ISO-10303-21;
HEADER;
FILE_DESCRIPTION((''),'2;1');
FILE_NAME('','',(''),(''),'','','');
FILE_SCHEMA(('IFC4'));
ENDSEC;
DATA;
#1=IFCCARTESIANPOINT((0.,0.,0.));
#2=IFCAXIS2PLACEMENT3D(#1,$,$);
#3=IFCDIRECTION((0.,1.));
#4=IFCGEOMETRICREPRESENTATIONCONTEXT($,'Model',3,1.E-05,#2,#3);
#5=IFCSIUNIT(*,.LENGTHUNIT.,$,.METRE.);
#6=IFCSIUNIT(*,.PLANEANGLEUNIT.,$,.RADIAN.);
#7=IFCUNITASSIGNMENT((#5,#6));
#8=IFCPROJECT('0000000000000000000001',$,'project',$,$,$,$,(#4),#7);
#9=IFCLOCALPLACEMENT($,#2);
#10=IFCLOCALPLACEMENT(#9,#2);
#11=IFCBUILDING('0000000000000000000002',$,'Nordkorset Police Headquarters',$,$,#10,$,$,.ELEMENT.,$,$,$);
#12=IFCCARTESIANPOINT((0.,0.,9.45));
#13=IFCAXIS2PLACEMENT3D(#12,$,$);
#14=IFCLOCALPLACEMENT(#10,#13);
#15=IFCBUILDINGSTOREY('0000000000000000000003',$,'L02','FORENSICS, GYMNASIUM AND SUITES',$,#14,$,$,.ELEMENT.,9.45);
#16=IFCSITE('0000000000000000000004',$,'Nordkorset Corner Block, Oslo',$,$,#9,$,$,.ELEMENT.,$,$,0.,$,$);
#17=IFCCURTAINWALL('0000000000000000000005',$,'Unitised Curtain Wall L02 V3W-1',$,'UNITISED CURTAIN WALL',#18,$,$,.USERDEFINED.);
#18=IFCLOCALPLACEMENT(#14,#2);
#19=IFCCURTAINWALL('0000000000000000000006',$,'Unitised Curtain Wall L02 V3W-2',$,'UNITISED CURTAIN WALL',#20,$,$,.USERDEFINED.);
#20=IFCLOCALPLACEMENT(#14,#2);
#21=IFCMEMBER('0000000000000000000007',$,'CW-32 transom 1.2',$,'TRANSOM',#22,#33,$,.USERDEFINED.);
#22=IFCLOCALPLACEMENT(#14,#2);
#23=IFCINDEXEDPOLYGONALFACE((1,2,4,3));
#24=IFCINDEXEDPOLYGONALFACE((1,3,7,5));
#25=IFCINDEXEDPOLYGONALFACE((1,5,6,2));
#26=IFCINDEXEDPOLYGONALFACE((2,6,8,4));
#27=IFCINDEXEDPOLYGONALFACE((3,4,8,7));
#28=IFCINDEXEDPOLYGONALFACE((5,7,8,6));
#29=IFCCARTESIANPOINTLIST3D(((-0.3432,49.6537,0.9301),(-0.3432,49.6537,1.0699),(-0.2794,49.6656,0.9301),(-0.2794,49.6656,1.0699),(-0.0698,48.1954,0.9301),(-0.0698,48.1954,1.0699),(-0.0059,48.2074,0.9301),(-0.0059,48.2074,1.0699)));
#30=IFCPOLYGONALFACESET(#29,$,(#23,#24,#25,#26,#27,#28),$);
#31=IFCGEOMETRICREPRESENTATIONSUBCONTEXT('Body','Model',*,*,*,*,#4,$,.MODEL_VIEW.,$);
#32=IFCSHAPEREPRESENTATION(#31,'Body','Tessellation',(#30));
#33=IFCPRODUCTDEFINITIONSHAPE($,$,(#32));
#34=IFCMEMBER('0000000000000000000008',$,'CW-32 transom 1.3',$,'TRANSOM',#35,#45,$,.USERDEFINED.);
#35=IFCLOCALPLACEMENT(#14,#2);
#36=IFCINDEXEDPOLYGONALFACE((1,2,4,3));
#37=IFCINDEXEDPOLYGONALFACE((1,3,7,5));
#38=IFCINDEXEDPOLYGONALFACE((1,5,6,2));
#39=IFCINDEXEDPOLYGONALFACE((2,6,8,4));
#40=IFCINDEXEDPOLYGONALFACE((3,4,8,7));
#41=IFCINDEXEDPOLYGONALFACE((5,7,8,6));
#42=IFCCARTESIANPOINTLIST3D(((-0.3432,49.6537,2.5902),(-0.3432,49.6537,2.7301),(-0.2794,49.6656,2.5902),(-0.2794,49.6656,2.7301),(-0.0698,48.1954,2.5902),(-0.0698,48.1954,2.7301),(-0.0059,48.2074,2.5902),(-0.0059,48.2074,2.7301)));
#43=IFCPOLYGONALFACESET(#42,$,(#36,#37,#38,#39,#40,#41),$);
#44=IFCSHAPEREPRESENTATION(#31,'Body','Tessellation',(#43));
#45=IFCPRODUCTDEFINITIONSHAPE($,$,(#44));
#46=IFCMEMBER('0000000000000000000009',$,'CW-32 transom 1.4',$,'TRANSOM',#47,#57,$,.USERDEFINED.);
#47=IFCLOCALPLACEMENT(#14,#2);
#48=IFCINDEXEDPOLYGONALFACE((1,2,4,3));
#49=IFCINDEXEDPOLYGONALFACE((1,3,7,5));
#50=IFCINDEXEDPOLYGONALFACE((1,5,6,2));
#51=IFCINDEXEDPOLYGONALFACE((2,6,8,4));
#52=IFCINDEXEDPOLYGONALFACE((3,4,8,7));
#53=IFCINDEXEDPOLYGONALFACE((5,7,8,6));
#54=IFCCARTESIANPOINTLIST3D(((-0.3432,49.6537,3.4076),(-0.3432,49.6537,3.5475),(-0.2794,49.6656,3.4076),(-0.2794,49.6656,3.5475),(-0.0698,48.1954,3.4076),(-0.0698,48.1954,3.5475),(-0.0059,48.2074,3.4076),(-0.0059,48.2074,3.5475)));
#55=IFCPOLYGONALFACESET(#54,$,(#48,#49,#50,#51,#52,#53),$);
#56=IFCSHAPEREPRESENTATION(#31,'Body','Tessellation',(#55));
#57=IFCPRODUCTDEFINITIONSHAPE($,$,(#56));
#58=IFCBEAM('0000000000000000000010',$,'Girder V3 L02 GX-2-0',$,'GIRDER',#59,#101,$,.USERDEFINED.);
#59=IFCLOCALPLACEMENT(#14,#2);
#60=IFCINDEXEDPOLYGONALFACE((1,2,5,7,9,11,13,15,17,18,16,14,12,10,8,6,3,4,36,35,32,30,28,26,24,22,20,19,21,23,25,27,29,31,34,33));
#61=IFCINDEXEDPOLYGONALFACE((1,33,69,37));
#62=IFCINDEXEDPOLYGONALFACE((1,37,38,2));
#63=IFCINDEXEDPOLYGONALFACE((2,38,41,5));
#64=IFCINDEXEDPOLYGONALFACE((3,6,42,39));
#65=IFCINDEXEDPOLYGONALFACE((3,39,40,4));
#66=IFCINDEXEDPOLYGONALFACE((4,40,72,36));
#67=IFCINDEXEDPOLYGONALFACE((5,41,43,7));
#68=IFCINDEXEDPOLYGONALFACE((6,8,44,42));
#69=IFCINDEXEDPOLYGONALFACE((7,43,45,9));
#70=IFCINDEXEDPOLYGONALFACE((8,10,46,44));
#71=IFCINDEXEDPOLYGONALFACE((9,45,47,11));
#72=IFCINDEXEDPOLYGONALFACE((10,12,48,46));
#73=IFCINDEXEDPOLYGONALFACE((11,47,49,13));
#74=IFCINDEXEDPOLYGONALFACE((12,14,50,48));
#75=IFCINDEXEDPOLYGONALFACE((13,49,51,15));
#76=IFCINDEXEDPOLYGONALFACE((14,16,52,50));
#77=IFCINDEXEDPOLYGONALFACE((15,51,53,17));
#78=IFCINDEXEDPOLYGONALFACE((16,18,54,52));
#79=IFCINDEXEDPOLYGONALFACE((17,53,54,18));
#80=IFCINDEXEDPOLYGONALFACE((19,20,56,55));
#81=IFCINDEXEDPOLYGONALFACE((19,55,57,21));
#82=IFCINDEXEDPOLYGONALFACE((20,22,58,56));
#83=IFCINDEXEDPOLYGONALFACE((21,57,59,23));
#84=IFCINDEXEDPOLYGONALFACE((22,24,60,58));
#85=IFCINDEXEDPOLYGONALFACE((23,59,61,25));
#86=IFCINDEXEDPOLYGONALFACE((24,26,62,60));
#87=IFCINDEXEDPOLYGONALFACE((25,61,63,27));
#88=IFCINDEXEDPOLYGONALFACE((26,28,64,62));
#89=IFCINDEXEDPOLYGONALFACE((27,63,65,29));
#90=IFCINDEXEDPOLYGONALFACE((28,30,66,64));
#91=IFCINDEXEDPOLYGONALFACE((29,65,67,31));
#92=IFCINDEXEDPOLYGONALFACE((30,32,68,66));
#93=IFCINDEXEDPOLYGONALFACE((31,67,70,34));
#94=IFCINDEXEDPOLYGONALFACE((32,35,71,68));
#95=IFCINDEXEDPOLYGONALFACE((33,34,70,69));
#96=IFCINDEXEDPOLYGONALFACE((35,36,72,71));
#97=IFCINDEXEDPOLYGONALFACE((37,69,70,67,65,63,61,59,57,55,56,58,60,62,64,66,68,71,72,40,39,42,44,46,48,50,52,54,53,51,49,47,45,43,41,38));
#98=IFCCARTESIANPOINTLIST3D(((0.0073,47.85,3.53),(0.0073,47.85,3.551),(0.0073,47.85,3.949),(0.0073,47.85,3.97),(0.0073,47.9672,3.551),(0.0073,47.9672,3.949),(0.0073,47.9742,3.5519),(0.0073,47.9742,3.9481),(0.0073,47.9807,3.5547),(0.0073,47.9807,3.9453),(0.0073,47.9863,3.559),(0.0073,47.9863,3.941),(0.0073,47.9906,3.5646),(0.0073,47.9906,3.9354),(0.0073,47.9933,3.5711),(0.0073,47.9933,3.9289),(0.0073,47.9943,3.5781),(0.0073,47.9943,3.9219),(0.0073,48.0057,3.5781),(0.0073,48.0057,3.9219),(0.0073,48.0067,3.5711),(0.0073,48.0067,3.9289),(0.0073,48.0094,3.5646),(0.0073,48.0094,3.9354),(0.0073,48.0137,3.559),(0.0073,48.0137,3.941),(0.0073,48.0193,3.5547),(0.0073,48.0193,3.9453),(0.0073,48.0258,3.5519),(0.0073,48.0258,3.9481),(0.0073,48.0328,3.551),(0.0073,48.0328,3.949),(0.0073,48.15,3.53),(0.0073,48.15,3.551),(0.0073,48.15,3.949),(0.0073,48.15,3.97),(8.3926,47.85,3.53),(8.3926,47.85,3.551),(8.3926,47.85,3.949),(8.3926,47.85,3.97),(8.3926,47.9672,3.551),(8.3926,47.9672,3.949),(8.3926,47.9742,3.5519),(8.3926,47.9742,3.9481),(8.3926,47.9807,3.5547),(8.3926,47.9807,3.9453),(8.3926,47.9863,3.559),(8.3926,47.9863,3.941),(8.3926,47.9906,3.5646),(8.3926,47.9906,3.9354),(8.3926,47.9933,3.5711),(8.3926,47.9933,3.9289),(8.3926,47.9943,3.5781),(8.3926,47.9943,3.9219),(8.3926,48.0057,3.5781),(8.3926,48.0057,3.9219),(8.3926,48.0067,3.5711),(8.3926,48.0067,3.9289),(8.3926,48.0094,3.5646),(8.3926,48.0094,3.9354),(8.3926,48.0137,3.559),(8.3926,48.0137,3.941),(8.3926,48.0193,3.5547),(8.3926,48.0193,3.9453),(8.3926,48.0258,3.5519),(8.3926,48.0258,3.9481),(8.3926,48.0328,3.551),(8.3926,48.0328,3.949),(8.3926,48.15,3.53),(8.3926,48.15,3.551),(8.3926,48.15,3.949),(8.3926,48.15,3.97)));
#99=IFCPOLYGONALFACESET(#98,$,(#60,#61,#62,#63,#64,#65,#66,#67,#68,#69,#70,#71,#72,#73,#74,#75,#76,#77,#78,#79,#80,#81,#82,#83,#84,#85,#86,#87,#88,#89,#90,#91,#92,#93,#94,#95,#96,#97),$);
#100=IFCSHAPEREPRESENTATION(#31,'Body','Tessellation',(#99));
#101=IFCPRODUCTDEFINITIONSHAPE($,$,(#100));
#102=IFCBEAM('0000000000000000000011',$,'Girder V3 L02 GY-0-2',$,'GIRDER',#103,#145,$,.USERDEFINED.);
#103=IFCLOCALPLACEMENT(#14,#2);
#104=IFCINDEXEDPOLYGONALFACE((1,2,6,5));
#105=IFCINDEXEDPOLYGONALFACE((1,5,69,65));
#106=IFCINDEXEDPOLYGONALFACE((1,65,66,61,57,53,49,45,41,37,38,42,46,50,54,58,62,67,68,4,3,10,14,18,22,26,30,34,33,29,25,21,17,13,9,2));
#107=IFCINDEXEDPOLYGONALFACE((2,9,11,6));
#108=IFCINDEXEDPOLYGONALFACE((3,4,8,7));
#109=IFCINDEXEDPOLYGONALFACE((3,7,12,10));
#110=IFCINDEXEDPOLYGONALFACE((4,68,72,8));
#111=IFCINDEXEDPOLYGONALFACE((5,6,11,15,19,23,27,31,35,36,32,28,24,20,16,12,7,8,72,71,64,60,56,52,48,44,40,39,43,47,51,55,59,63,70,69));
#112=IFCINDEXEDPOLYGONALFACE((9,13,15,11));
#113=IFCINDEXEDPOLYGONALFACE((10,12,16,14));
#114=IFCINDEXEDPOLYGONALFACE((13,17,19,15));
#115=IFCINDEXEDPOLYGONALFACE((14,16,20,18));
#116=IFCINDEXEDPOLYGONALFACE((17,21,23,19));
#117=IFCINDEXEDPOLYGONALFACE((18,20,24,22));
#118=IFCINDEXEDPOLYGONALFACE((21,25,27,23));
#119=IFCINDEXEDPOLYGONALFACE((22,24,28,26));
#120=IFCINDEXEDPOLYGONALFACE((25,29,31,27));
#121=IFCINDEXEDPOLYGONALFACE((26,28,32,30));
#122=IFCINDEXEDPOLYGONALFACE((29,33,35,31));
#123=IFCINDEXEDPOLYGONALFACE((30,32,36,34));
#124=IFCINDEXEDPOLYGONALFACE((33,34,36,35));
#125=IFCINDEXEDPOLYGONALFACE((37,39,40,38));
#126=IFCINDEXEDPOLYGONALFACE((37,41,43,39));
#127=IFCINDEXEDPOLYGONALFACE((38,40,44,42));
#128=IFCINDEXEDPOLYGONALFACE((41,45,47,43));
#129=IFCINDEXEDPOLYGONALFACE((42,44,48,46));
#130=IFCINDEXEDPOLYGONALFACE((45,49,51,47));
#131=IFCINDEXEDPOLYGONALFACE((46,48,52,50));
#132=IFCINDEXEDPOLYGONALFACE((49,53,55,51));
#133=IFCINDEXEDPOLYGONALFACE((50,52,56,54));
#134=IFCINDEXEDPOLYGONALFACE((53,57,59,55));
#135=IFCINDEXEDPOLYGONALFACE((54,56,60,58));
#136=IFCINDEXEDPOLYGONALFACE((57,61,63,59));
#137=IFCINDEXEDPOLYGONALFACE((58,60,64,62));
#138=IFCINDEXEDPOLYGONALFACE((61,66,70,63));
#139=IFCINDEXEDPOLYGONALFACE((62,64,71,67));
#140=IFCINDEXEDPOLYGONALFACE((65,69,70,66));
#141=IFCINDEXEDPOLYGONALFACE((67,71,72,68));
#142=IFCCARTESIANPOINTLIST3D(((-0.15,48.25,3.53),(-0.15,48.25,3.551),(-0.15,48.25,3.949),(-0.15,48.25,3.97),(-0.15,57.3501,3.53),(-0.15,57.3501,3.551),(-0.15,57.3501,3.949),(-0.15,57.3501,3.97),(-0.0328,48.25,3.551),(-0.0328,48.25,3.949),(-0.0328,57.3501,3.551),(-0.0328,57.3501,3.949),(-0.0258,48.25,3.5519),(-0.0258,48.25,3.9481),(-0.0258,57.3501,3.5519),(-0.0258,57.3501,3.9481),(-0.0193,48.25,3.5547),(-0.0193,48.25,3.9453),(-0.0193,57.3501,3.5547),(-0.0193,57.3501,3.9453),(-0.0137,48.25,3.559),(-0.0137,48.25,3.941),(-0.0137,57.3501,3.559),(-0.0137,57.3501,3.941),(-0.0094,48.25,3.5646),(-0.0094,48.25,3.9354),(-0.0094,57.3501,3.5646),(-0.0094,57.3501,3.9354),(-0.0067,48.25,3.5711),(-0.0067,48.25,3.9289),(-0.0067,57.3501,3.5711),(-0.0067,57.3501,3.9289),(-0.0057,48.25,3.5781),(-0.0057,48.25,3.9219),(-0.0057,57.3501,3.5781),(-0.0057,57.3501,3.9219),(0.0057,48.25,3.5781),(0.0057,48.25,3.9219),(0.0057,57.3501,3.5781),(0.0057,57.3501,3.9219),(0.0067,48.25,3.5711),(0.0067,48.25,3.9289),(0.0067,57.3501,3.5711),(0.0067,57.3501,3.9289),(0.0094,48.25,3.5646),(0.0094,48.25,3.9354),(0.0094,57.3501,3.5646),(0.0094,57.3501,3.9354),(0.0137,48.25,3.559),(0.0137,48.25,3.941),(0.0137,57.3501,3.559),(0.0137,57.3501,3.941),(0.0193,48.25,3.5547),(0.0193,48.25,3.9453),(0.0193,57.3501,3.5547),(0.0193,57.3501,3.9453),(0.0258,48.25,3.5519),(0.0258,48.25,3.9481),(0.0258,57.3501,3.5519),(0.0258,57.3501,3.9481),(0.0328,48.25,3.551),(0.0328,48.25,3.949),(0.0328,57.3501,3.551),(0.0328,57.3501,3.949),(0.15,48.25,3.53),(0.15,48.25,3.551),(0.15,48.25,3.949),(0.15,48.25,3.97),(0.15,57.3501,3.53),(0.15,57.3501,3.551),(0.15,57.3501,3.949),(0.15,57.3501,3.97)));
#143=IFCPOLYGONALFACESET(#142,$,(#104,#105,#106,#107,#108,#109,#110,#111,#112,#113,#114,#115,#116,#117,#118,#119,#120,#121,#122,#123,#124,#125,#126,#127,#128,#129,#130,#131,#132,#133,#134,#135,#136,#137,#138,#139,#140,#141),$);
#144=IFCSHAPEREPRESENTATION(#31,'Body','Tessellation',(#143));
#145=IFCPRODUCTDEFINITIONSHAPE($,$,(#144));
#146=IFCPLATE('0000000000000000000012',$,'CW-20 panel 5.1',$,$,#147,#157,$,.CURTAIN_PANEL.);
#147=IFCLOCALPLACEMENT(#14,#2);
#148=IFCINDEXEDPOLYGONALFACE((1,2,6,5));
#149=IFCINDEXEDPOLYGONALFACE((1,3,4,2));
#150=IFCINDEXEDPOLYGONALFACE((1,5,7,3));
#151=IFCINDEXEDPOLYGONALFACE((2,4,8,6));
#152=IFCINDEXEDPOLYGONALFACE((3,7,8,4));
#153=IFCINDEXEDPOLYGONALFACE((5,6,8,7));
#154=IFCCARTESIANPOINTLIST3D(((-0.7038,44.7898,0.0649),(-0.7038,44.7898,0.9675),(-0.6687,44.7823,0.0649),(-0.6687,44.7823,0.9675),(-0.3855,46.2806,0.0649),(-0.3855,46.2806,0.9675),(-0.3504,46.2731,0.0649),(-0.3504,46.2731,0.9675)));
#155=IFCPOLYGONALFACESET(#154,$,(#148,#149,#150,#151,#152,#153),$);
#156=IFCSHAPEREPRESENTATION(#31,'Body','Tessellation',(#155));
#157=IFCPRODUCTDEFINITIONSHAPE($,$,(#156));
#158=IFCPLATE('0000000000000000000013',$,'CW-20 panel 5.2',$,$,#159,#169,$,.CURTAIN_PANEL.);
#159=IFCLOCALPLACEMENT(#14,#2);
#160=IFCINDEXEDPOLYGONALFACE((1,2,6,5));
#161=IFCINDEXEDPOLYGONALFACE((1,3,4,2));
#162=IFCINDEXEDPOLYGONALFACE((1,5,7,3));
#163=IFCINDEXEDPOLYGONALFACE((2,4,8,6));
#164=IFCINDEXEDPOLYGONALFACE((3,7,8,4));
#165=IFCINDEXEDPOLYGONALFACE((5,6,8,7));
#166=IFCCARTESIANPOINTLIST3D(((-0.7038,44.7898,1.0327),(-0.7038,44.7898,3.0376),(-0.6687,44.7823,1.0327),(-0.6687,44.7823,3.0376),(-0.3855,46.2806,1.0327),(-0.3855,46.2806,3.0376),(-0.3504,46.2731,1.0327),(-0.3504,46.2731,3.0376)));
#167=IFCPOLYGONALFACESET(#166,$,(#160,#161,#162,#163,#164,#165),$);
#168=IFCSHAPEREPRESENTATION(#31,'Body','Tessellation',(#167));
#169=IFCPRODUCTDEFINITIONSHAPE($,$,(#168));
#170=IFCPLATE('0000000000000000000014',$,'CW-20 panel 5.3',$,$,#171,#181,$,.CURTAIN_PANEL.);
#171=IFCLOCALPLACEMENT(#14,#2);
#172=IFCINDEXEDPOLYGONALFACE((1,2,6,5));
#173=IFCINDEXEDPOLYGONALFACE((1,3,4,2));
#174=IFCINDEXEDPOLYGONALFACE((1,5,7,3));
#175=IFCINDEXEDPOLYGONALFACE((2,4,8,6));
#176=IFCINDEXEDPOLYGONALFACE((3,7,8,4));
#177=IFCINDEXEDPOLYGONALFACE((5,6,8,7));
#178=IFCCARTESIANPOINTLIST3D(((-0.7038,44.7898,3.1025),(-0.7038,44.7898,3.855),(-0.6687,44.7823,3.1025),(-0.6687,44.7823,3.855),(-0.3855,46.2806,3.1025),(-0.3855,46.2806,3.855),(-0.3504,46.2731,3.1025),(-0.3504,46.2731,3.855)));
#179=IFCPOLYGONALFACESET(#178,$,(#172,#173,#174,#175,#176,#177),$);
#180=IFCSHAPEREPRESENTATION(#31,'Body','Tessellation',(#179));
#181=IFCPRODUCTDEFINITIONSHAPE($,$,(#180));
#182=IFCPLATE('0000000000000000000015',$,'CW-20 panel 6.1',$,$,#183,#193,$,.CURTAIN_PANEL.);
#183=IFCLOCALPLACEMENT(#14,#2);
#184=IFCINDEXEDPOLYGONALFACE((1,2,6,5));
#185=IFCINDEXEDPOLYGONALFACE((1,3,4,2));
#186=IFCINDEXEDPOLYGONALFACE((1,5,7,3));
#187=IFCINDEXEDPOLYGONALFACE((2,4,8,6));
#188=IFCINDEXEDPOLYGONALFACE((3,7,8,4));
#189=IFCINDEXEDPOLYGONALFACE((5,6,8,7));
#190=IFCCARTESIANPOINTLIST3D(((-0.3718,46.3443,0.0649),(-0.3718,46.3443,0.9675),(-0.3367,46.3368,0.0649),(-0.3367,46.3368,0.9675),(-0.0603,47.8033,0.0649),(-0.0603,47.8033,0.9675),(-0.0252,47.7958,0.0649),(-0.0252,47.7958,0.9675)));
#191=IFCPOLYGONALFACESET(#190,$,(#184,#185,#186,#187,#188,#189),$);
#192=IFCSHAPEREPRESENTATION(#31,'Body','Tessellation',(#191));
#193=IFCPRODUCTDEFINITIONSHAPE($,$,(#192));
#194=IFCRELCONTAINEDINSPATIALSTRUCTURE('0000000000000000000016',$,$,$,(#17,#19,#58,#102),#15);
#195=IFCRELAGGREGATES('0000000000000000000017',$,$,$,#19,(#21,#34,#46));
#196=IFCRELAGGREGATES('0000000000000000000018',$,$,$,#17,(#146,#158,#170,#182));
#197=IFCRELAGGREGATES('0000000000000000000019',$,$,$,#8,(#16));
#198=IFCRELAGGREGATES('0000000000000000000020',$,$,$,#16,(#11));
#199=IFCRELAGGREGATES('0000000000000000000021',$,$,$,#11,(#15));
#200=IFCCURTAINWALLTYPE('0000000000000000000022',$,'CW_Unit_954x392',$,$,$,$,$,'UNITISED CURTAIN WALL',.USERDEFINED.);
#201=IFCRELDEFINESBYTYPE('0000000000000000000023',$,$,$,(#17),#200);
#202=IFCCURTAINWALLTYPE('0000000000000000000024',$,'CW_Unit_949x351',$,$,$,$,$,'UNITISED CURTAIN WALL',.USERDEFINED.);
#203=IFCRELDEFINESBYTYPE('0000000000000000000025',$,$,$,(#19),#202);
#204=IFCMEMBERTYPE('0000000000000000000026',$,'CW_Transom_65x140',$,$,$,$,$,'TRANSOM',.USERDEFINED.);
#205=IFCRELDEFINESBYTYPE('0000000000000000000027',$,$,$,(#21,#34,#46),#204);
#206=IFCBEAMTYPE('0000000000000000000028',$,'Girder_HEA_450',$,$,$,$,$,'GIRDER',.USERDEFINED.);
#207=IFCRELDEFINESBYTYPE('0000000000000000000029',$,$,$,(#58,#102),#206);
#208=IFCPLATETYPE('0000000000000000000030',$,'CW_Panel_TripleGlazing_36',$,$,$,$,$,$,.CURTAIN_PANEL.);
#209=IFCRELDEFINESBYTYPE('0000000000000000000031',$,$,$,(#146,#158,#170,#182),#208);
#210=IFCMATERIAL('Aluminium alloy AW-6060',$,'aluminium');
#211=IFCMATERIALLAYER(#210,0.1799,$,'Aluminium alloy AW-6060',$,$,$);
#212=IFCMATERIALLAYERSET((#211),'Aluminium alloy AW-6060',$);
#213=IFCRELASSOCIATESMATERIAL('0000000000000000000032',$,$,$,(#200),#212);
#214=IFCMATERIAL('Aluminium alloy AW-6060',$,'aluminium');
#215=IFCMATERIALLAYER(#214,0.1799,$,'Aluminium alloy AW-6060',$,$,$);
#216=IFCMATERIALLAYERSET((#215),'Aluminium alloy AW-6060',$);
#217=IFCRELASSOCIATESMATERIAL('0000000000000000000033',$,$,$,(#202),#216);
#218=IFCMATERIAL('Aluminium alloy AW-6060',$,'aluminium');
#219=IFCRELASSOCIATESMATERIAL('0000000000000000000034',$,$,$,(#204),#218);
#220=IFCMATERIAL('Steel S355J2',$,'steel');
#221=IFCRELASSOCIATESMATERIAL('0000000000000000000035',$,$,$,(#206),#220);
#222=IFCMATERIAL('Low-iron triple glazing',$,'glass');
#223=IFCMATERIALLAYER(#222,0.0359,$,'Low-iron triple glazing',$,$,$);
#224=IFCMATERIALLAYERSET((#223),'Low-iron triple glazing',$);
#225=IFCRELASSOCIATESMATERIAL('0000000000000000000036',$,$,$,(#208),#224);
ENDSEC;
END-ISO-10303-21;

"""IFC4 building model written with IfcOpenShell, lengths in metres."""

from ifc_helpers import new_model, si_unit, direction, frame, origin, origin_2d, place, context, subcontext, project, spatial, rectangle, i_section, extrude, material, layer, layer_set, material_profile, profile_set, type_object, element, aggregate, save


model = new_model("IFC4")

# Units and contexts
model_context = context("Model", 3, precision=1e-05, world=origin(), true_north=direction((0.0, 1.0)))
body_context = subcontext(model_context, "Body", "Model", "MODEL_VIEW")
ifc_project = project(units=[si_unit("LENGTHUNIT", "METRE"), si_unit("PLANEANGLEUNIT", "RADIAN")], contexts=[model_context])

# Site, building, storey
site_placement = place(None, origin())
site = spatial("IfcSite", under=ifc_project, at=site_placement, Name="Nordkorset Corner Block, Oslo", CompositionType="ELEMENT", RefElevation=0.0)
building_placement = place(site_placement, origin())
building = spatial("IfcBuilding", under=site, at=building_placement, Name="Nordkorset Police Headquarters", CompositionType="ELEMENT")
storey_placement = place(building_placement, frame((0.0, 0.0, 9.45)))
storey = spatial("IfcBuildingStorey", under=building, at=storey_placement, Name="L02", Description="FORENSICS, GYMNASIUM AND SUITES", CompositionType="ELEMENT", Elevation=9.45)

# Curtain wall
ifc_material_1 = material(Name="Aluminium alloy AW-6060", Category="aluminium")
ifc_layer_1 = layer(ifc_material_1, 0.1799, Name="Aluminium alloy AW-6060")
ifc_layer_set_1 = layer_set([ifc_layer_1], Name="Aluminium alloy AW-6060")
curtain_wall_type_1 = type_object("IfcCurtainWallType", Name="CW_Unit_954x392", ElementType="UNITISED CURTAIN WALL", PredefinedType="USERDEFINED", material=ifc_layer_set_1)
curtain_wall_1_placement = place(storey_placement, origin())
curtain_wall_1 = element("IfcCurtainWall", 1, at=curtain_wall_1_placement, inside=storey, type_object=curtain_wall_type_1, Name="Unitised Curtain Wall L02 V3W-1", ObjectType="UNITISED CURTAIN WALL", PredefinedType="USERDEFINED")

# Curtain wall
ifc_material_2 = material(Name="Aluminium alloy AW-6060", Category="aluminium")
ifc_layer_2 = layer(ifc_material_2, 0.1799, Name="Aluminium alloy AW-6060")
ifc_layer_set_2 = layer_set([ifc_layer_2], Name="Aluminium alloy AW-6060")
curtain_wall_type_2 = type_object("IfcCurtainWallType", Name="CW_Unit_949x351", ElementType="UNITISED CURTAIN WALL", PredefinedType="USERDEFINED", material=ifc_layer_set_2)
curtain_wall_2_placement = place(storey_placement, origin())
curtain_wall_2 = element("IfcCurtainWall", 2, at=curtain_wall_2_placement, inside=storey, type_object=curtain_wall_type_2, Name="Unitised Curtain Wall L02 V3W-2", ObjectType="UNITISED CURTAIN WALL", PredefinedType="USERDEFINED")

# Members
ifc_material_3 = material(Name="Aluminium alloy AW-6060", Category="aluminium")
ifc_material_profile_1 = material_profile(ifc_material_3, rectangle(XDim=0.0649, YDim=0.1399, at=origin_2d()), Name="ALU TRAN 65x140")
ifc_profile_set_1 = profile_set([ifc_material_profile_1], Name="Aluminium alloy AW-6060")
member_type_1 = type_object("IfcMemberType", Name="CW_Transom_65x140", ElementType="TRANSOM", PredefinedType="USERDEFINED", material=ifc_profile_set_1)
member_1_placement = place(storey_placement, frame((-0.0378, 48.2014, 1.0), z_axis=(-0.184298, 0.98287, 0.0), x_axis=(-0.98287, -0.184298, 0.0)))
member_1 = element("IfcMember", 3, at=member_1_placement, type_object=member_type_1, Name="CW-32 transom 1.2", ObjectType="TRANSOM", PredefinedType="USERDEFINED", context=body_context, shape_type="SweptSolid", body=[
    extrude(rectangle(XDim=0.0649, YDim=0.1399, at=origin_2d()), origin(), (0.0, 0.0, 1.0), 1.4836),
])
member_2_placement = place(storey_placement, frame((-0.0378, 48.2014, 2.6602), z_axis=(-0.184298, 0.98287, 0.0), x_axis=(-0.98287, -0.184298, 0.0)))
member_2 = element("IfcMember", 4, at=member_2_placement, type_object=member_type_1, Name="CW-32 transom 1.3", ObjectType="TRANSOM", PredefinedType="USERDEFINED", context=body_context, shape_type="SweptSolid", body=[
    extrude(rectangle(XDim=0.0649, YDim=0.1399, at=origin_2d()), origin(), (0.0, 0.0, 1.0), 1.4836),
])
member_3_placement = place(storey_placement, frame((-0.0378, 48.2014, 3.4775), z_axis=(-0.184298, 0.98287, 0.0), x_axis=(-0.98287, -0.184298, 0.0)))
member_3 = element("IfcMember", 5, at=member_3_placement, type_object=member_type_1, Name="CW-32 transom 1.4", ObjectType="TRANSOM", PredefinedType="USERDEFINED", context=body_context, shape_type="SweptSolid", body=[
    extrude(rectangle(XDim=0.0649, YDim=0.1399, at=origin_2d()), origin(), (0.0, 0.0, 1.0), 1.4836),
])
aggregate(curtain_wall_2, [member_1, member_2, member_3])

# Beams
ifc_material_4 = material(Name="Steel S355J2", Category="steel")
ifc_material_profile_2 = material_profile(ifc_material_4, i_section(OverallWidth=0.3, OverallDepth=0.4399, WebThickness=0.0115, FlangeThickness=0.021, FilletRadius=0.0271, at=origin_2d()), Name="HEA 450")
ifc_profile_set_2 = profile_set([ifc_material_profile_2], Name="Steel S355J2")
beam_type = type_object("IfcBeamType", Name="Girder_HEA_450", ElementType="GIRDER", PredefinedType="USERDEFINED", material=ifc_profile_set_2)
beam_1_placement = place(storey_placement, frame((0.0073, 48.0, 3.75), z_axis=(1.0, 0.0, 0.0), x_axis=(0.0, 1.0, 0.0)))
element("IfcBeam", 6, at=beam_1_placement, inside=storey, type_object=beam_type, Name="Girder V3 L02 GX-2-0", ObjectType="GIRDER", PredefinedType="USERDEFINED", context=body_context, shape_type="SweptSolid", body=[
    extrude(i_section(OverallWidth=0.3, OverallDepth=0.4399, WebThickness=0.0115, FlangeThickness=0.021, FilletRadius=0.0271, at=origin_2d()), origin(), (0.0, 0.0, 1.0), 8.3853),
])
beam_2_placement = place(storey_placement, frame((0.0, 48.25, 3.75), z_axis=(0.0, 1.0, 0.0), x_axis=(-1.0, 0.0, 0.0)))
element("IfcBeam", 7, at=beam_2_placement, inside=storey, type_object=beam_type, Name="Girder V3 L02 GY-0-2", ObjectType="GIRDER", PredefinedType="USERDEFINED", context=body_context, shape_type="SweptSolid", body=[
    extrude(i_section(OverallWidth=0.3, OverallDepth=0.4399, WebThickness=0.0115, FlangeThickness=0.021, FilletRadius=0.0271, at=origin_2d()), origin(), (0.0, 0.0, 1.0), 9.1001),
])

# Plates
ifc_material_5 = material(Name="Low-iron triple glazing", Category="glass")
ifc_layer_3 = layer(ifc_material_5, 0.0359, Name="Low-iron triple glazing")
ifc_layer_set_3 = layer_set([ifc_layer_3], Name="Low-iron triple glazing")
plate_type = type_object("IfcPlateType", Name="CW_Panel_TripleGlazing_36", PredefinedType="CURTAIN_PANEL", material=ifc_layer_set_3)
plate_1_placement = place(storey_placement, frame((-0.5271, 45.5315, 0.0649), z_axis=(0.0, 0.0, 1.0), x_axis=(0.208833, 0.977951, 0.0)))
plate_1 = element("IfcPlate", 8, at=plate_1_placement, type_object=plate_type, Name="CW-20 panel 5.1", PredefinedType="CURTAIN_PANEL", context=body_context, shape_type="SweptSolid", body=[
    extrude(rectangle(XDim=1.5244, YDim=0.0359, at=origin_2d()), origin(), (0.0, 0.0, 1.0), 0.9026),
])
plate_2_placement = place(storey_placement, frame((-0.5271, 45.5315, 1.0327), z_axis=(0.0, 0.0, 1.0), x_axis=(0.208833, 0.977951, 0.0)))
plate_2 = element("IfcPlate", 9, at=plate_2_placement, type_object=plate_type, Name="CW-20 panel 5.2", PredefinedType="CURTAIN_PANEL", context=body_context, shape_type="SweptSolid", body=[
    extrude(rectangle(XDim=1.5244, YDim=0.0359, at=origin_2d()), origin(), (0.0, 0.0, 1.0), 2.0049),
])
plate_3_placement = place(storey_placement, frame((-0.5271, 45.5315, 3.1025), z_axis=(0.0, 0.0, 1.0), x_axis=(0.208833, 0.977951, 0.0)))
plate_3 = element("IfcPlate", 10, at=plate_3_placement, type_object=plate_type, Name="CW-20 panel 5.3", PredefinedType="CURTAIN_PANEL", context=body_context, shape_type="SweptSolid", body=[
    extrude(rectangle(XDim=1.5244, YDim=0.0359, at=origin_2d()), origin(), (0.0, 0.0, 1.0), 0.7524),
])
plate_4_placement = place(storey_placement, frame((-0.1985, 47.0701, 0.0649), z_axis=(0.0, 0.0, 1.0), x_axis=(0.208833, 0.977951, 0.0)))
plate_4 = element("IfcPlate", 11, at=plate_4_placement, type_object=plate_type, Name="CW-20 panel 6.1", PredefinedType="CURTAIN_PANEL", context=body_context, shape_type="SweptSolid", body=[
    extrude(rectangle(XDim=1.4919, YDim=0.0359, at=origin_2d()), origin(), (0.0, 0.0, 1.0), 0.9026),
])
aggregate(curtain_wall_1, [plate_1, plate_2, plate_3, plate_4])

save(model, "model.ifc")
